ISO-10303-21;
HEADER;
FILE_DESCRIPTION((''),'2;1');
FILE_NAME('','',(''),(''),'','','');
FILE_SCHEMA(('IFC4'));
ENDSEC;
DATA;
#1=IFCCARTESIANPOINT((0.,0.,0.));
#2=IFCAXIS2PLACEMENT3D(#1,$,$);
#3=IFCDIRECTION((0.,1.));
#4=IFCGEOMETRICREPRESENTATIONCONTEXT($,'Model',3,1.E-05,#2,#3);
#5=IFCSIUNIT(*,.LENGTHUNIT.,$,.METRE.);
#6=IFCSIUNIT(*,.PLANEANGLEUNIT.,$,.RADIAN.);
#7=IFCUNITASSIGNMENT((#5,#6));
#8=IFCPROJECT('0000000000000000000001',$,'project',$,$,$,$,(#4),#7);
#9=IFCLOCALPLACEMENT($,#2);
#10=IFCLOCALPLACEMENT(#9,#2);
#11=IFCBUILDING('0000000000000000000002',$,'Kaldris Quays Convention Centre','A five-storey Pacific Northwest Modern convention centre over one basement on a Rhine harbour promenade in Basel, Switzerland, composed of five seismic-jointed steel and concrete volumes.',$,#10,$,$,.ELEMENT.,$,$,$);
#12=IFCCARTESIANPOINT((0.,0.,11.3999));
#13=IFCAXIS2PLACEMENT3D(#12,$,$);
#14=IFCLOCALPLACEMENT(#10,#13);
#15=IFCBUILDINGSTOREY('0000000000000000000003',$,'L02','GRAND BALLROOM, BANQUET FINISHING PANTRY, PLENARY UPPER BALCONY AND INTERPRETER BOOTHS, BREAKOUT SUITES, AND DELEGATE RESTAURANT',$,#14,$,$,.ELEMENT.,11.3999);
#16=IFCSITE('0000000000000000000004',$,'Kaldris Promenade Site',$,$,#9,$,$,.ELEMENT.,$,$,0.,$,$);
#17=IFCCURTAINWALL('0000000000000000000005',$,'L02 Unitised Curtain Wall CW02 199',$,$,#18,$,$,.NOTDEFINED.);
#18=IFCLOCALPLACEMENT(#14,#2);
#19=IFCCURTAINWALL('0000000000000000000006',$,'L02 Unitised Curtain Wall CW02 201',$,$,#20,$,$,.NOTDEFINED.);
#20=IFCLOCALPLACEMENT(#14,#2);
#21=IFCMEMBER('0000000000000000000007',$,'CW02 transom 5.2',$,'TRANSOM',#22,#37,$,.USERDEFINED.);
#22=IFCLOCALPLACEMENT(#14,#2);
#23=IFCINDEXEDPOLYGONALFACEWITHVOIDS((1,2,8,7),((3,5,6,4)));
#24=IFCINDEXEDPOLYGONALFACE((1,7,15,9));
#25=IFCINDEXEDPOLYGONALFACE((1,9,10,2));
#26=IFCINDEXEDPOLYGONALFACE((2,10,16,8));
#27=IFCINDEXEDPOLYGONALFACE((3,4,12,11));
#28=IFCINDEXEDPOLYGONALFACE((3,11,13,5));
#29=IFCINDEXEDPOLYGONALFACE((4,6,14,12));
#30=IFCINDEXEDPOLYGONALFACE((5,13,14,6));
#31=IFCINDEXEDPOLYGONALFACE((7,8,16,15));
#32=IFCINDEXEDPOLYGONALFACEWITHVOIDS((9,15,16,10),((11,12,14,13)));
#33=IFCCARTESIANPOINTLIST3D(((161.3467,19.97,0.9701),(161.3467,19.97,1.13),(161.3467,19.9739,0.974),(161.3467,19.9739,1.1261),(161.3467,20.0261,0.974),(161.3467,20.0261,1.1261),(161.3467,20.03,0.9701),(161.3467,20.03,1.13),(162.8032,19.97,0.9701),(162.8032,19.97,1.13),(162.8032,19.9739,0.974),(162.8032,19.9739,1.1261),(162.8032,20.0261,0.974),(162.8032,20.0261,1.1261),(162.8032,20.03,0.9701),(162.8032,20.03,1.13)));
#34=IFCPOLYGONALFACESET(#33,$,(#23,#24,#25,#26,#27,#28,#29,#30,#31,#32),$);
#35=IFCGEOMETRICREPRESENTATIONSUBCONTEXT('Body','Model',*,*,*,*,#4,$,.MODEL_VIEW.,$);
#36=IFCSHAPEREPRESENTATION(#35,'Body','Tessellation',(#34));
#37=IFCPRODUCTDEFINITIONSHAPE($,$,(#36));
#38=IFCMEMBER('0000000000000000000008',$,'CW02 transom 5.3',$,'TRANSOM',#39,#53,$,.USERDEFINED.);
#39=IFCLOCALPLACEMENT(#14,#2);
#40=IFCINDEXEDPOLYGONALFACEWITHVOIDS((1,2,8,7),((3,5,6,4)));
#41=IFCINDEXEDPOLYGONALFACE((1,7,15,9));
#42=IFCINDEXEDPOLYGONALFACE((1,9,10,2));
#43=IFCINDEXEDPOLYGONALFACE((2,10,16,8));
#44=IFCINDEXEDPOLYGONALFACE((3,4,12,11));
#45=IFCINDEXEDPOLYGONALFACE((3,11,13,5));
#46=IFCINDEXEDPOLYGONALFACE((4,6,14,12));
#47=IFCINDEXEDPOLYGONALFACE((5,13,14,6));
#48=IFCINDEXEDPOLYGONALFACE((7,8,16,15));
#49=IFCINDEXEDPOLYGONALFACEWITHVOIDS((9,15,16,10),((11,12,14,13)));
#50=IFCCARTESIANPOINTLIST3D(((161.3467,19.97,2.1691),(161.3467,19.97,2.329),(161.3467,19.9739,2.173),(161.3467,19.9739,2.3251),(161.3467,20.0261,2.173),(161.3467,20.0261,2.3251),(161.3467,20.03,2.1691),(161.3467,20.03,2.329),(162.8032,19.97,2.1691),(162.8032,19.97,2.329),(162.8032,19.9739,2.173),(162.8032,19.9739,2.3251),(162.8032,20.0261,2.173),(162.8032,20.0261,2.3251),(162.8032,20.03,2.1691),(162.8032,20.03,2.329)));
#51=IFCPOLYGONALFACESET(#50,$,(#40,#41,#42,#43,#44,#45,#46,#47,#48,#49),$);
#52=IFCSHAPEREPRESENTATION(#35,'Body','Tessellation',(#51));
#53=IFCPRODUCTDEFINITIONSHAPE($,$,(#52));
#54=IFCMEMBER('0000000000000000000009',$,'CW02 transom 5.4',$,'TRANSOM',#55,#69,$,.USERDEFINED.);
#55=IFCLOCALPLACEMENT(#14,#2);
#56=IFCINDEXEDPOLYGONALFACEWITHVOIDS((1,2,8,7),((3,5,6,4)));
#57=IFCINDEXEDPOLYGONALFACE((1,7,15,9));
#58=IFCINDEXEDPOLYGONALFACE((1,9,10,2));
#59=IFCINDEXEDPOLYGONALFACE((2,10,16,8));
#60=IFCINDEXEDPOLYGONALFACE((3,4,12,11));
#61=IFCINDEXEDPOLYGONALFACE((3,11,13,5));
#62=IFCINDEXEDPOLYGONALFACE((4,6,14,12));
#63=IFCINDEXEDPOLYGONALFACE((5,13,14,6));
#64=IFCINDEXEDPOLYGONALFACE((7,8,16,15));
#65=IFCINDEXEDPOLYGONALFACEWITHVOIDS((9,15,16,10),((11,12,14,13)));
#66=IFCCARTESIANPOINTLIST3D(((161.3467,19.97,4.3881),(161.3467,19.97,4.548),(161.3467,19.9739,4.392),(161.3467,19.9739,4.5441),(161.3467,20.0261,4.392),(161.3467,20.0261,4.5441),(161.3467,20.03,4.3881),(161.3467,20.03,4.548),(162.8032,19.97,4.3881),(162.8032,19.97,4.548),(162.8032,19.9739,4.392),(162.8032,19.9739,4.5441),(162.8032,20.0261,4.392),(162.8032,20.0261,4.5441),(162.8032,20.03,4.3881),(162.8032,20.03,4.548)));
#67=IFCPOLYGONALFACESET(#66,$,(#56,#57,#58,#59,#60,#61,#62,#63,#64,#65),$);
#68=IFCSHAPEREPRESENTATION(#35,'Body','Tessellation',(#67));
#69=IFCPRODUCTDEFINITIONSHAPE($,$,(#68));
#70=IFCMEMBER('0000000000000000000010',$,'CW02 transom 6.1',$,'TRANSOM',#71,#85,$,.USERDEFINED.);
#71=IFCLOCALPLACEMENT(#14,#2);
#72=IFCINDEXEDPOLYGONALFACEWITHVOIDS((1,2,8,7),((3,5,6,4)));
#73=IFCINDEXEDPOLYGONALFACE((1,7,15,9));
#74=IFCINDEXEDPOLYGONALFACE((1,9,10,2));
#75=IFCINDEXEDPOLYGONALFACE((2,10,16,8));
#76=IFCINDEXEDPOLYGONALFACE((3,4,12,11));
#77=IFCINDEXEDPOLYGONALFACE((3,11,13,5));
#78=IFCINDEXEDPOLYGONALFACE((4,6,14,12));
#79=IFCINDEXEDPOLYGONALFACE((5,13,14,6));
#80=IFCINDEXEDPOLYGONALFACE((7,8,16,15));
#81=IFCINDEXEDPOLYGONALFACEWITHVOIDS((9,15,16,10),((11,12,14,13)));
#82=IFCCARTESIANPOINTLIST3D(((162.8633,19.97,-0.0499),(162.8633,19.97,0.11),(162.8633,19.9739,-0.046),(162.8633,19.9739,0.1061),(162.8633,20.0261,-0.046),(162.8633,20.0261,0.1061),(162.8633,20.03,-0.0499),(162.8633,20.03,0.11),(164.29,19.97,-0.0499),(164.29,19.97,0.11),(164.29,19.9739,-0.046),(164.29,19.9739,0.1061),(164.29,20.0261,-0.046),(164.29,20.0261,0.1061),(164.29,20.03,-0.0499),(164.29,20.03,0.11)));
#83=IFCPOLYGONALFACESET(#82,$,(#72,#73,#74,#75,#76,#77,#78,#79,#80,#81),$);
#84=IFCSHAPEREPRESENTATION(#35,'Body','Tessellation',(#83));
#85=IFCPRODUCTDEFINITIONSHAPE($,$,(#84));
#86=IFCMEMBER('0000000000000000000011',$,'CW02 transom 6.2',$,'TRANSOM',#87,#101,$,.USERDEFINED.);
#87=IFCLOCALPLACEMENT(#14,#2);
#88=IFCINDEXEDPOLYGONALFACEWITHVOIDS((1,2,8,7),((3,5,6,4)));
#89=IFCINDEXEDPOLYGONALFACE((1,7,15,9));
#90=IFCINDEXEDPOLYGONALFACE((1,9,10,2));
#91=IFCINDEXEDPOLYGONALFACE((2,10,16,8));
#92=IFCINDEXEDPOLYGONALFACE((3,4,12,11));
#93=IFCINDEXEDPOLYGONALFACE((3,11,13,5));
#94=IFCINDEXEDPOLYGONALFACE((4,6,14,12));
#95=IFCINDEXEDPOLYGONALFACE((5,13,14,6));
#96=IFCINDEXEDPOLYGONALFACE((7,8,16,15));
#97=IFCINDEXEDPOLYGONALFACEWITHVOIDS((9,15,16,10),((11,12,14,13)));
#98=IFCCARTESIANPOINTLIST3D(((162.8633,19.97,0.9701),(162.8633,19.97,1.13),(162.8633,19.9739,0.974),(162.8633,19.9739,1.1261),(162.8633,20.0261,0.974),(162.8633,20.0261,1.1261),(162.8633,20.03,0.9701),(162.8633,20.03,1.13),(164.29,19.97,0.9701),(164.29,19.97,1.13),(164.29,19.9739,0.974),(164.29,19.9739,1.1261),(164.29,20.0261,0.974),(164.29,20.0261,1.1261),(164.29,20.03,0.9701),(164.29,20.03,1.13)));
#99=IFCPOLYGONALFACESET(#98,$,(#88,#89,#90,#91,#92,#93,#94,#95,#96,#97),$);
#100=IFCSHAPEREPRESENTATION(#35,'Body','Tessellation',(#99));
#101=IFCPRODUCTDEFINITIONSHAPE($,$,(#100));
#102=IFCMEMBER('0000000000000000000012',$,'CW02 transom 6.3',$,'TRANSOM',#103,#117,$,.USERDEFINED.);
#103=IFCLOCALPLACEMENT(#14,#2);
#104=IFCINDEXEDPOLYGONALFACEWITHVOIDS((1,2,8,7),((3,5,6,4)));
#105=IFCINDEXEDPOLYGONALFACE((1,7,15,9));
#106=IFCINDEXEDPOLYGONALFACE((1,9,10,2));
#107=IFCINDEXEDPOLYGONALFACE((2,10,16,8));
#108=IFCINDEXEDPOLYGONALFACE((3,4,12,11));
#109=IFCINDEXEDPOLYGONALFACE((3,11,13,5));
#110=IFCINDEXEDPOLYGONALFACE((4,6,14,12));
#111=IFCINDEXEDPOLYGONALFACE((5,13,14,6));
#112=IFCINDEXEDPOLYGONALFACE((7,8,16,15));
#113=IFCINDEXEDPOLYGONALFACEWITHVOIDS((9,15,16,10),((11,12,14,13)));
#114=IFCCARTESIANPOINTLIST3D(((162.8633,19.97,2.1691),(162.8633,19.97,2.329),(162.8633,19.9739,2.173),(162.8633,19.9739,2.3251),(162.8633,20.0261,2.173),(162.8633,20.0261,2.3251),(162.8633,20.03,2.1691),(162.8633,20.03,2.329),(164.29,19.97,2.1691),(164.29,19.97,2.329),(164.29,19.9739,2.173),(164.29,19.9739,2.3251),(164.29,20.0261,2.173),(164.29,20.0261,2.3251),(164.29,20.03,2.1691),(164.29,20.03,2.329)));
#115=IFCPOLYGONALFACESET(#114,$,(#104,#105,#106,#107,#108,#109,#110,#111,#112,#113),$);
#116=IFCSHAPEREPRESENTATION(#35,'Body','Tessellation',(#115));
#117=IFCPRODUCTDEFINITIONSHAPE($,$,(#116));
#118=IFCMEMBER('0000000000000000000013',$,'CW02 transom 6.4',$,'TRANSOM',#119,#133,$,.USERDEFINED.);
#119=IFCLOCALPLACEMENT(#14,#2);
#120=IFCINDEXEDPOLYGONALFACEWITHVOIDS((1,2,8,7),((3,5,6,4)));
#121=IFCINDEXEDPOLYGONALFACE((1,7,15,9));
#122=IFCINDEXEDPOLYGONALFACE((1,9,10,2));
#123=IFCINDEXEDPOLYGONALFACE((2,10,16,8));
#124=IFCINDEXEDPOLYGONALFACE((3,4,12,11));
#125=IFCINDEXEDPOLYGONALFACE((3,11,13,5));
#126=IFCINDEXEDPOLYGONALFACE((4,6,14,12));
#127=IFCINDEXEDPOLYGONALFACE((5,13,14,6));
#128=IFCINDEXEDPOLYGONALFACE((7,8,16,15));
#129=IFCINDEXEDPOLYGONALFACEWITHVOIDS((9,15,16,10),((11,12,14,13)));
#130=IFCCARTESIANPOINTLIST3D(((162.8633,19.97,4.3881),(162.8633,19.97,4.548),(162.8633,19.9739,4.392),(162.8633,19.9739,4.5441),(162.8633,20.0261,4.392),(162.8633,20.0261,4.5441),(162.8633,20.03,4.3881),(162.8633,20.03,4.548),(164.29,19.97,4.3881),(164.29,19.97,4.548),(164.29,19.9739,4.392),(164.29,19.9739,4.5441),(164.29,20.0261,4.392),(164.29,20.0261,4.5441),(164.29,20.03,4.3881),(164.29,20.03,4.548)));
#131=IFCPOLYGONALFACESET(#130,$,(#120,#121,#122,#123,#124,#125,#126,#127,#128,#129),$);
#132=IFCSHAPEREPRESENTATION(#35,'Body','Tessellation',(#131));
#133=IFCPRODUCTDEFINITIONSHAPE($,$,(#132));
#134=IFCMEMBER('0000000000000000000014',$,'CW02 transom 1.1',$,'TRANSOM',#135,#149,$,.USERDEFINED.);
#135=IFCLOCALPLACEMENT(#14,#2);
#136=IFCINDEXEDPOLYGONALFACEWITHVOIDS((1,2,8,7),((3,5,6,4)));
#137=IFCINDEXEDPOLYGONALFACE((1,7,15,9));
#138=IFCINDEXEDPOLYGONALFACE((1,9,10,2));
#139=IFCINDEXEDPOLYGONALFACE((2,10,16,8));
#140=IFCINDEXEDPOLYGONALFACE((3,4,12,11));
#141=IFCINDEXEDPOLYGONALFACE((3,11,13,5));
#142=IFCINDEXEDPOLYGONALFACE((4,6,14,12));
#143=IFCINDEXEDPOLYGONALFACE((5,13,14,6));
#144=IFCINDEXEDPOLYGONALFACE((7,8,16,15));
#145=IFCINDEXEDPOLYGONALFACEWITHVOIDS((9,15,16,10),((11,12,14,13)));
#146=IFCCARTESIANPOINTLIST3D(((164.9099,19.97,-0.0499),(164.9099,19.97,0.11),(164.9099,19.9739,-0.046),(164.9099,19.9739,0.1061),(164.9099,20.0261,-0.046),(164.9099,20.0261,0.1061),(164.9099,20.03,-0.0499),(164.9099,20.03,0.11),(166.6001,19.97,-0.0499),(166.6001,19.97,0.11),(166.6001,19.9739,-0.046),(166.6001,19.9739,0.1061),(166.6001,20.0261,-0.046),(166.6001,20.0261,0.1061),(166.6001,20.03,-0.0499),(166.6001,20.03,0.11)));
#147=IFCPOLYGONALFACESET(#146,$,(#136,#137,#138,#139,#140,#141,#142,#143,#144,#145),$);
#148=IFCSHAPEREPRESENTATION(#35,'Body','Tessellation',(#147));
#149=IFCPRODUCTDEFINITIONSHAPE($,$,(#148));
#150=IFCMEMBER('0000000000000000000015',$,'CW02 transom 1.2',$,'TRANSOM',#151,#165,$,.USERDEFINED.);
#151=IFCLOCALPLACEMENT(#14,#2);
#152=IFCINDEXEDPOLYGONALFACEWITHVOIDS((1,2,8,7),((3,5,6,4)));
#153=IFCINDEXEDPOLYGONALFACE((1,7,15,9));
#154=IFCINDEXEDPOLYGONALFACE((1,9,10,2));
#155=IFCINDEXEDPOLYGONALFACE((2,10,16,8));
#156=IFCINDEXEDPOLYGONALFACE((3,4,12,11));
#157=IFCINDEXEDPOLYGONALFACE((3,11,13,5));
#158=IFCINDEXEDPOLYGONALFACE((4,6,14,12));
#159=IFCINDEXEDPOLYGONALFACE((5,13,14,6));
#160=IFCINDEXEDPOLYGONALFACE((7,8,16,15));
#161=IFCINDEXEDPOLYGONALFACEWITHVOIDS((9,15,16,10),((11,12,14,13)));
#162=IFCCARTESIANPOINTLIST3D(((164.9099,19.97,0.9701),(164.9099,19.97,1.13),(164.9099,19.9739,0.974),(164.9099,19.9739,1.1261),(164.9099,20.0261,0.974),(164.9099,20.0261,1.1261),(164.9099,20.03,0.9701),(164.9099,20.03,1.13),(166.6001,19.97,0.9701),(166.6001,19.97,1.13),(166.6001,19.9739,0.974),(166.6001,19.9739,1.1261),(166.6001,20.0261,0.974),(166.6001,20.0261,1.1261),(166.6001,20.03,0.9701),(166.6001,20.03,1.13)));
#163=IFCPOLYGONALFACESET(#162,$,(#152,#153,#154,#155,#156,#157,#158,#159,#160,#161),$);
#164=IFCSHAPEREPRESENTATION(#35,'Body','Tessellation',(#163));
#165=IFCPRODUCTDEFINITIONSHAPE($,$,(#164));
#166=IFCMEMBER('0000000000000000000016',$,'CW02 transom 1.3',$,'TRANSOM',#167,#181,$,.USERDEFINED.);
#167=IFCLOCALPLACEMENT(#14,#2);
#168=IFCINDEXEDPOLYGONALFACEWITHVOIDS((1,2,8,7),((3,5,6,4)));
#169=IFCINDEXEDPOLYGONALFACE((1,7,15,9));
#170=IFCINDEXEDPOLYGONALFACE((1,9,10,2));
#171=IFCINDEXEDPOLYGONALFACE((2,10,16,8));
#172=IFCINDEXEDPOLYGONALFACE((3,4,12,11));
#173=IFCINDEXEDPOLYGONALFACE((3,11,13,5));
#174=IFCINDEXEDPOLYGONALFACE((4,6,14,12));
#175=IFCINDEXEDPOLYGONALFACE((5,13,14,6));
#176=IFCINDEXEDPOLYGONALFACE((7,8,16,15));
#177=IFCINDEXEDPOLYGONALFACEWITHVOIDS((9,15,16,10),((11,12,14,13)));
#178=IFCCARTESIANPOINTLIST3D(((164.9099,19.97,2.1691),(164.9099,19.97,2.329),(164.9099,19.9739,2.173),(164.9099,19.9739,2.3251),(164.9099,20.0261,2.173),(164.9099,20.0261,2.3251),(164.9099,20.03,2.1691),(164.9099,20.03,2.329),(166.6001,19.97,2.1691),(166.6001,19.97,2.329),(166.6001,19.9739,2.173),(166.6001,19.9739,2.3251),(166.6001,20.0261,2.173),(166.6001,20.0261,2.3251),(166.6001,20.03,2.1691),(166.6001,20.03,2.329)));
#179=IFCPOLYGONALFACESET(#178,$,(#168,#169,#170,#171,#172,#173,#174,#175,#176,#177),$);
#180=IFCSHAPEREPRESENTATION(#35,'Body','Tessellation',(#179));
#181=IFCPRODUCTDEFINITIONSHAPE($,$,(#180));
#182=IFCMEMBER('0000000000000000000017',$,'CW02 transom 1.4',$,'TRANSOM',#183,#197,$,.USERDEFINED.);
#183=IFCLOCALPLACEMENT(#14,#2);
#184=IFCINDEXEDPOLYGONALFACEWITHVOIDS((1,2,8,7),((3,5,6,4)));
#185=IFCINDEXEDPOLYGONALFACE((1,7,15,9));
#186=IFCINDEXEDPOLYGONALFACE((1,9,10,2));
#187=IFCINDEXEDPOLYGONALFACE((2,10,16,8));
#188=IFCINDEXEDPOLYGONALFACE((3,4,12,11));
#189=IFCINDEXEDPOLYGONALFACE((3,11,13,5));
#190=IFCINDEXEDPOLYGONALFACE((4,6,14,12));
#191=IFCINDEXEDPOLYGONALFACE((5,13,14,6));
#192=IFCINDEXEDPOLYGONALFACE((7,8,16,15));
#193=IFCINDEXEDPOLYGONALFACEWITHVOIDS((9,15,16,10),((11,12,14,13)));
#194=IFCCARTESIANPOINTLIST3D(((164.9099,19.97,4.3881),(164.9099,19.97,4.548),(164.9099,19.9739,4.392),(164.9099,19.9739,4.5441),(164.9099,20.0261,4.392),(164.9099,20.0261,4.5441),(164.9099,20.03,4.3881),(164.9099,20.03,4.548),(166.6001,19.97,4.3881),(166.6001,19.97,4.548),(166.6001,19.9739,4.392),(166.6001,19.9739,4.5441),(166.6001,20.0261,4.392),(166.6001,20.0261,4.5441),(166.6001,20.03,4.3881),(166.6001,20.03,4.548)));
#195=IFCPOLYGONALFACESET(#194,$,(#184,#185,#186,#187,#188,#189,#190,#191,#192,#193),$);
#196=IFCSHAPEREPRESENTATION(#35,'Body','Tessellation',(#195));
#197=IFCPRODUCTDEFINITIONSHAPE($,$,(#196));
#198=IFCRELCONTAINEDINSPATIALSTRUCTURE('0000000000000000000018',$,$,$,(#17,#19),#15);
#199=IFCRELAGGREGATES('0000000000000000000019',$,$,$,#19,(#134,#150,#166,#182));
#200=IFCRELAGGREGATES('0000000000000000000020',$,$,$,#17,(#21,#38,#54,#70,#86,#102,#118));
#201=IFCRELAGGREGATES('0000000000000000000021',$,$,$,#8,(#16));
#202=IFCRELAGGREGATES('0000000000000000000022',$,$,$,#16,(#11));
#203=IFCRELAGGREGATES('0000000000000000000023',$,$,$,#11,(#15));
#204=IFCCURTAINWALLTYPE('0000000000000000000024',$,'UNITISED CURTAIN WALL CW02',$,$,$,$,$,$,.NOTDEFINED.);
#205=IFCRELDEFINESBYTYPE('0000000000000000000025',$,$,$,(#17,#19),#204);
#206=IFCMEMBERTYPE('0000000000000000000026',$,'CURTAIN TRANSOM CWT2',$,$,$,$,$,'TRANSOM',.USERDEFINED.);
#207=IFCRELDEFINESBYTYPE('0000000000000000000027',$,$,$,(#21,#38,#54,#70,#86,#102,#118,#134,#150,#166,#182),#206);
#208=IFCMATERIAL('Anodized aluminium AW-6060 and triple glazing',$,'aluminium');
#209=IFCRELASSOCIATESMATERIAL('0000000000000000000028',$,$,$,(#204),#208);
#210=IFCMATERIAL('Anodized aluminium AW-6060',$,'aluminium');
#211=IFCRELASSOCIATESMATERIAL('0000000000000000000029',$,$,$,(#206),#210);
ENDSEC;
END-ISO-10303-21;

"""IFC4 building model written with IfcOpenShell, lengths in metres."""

from ifc_helpers import new_model, si_unit, direction, frame, origin, origin_2d, place, context, subcontext, project, spatial, hollow_rectangle, extrude, material, material_profile, profile_set, type_object, element, aggregate, save


model = new_model("IFC4")

# Units and contexts
model_context = context("Model", 3, precision=1e-05, world=origin(), true_north=direction((0.0, 1.0)))
body_context = subcontext(model_context, "Body", "Model", "MODEL_VIEW")
ifc_project = project(units=[si_unit("LENGTHUNIT", "METRE"), si_unit("PLANEANGLEUNIT", "RADIAN")], contexts=[model_context])

# Site, building, storey
site_placement = place(None, origin())
site = spatial("IfcSite", under=ifc_project, at=site_placement, Name="Kaldris Promenade Site", CompositionType="ELEMENT", RefElevation=0.0)
building_placement = place(site_placement, origin())
building = spatial("IfcBuilding", under=site, at=building_placement, Name="Kaldris Quays Convention Centre", Description="A five-storey Pacific Northwest Modern convention centre over one basement on a Rhine harbour promenade in Basel, Switzerland, composed of five seismic-jointed steel and concrete volumes.", CompositionType="ELEMENT")
storey_placement = place(building_placement, frame((0.0, 0.0, 11.3999)))
storey = spatial("IfcBuildingStorey", under=building, at=storey_placement, Name="L02", Description="GRAND BALLROOM, BANQUET FINISHING PANTRY, PLENARY UPPER BALCONY AND INTERPRETER BOOTHS, BREAKOUT SUITES, AND DELEGATE RESTAURANT", CompositionType="ELEMENT", Elevation=11.3999)

# Curtain wall
ifc_material_1 = material(Name="Anodized aluminium AW-6060 and triple glazing", Category="aluminium")
curtain_wall_type = type_object("IfcCurtainWallType", Name="UNITISED CURTAIN WALL CW02", PredefinedType="NOTDEFINED", material=ifc_material_1)
curtain_wall_1_placement = place(storey_placement, origin())
curtain_wall_1 = element("IfcCurtainWall", 1, at=curtain_wall_1_placement, inside=storey, type_object=curtain_wall_type, Name="L02 Unitised Curtain Wall CW02 199", PredefinedType="NOTDEFINED")
ifc_material_2 = material(Name="Anodized aluminium AW-6060", Category="aluminium")

# Curtain wall
curtain_wall_2_placement = place(storey_placement, origin())
curtain_wall_2 = element("IfcCurtainWall", 2, at=curtain_wall_2_placement, inside=storey, type_object=curtain_wall_type, Name="L02 Unitised Curtain Wall CW02 201", PredefinedType="NOTDEFINED")

# Members
ifc_material_profile_1 = material_profile(ifc_material_2, hollow_rectangle(XDim=0.0601, YDim=0.1599, WallThickness=0.0039, at=origin_2d()), Name="RHS 160x60x4")
ifc_profile_set_1 = profile_set([ifc_material_profile_1], Name="Anodized aluminium AW-6060")
member_type_1 = type_object("IfcMemberType", Name="CURTAIN TRANSOM CWT2", ElementType="TRANSOM", PredefinedType="USERDEFINED", material=ifc_profile_set_1)
member_1_placement = place(storey_placement, frame((161.3467, 20.0, 1.05), z_axis=(1.0, 0.0, 0.0), x_axis=(0.0, 1.0, 0.0)))
member_1 = element("IfcMember", 3, at=member_1_placement, type_object=member_type_1, Name="CW02 transom 5.2", ObjectType="TRANSOM", PredefinedType="USERDEFINED", context=body_context, shape_type="SweptSolid", body=[
    extrude(hollow_rectangle(XDim=0.0601, YDim=0.1599, WallThickness=0.0039, at=origin_2d()), origin(), (0.0, 0.0, 1.0), 1.4565),
])
member_2_placement = place(storey_placement, frame((161.3467, 20.0, 2.249), z_axis=(1.0, 0.0, 0.0), x_axis=(0.0, 1.0, 0.0)))
member_2 = element("IfcMember", 4, at=member_2_placement, type_object=member_type_1, Name="CW02 transom 5.3", ObjectType="TRANSOM", PredefinedType="USERDEFINED", context=body_context, shape_type="SweptSolid", body=[
    extrude(hollow_rectangle(XDim=0.0601, YDim=0.1599, WallThickness=0.0039, at=origin_2d()), origin(), (0.0, 0.0, 1.0), 1.4565),
])
member_3_placement = place(storey_placement, frame((161.3467, 20.0, 4.468), z_axis=(1.0, 0.0, 0.0), x_axis=(0.0, 1.0, 0.0)))
member_3 = element("IfcMember", 5, at=member_3_placement, type_object=member_type_1, Name="CW02 transom 5.4", ObjectType="TRANSOM", PredefinedType="USERDEFINED", context=body_context, shape_type="SweptSolid", body=[
    extrude(hollow_rectangle(XDim=0.0601, YDim=0.1599, WallThickness=0.0039, at=origin_2d()), origin(), (0.0, 0.0, 1.0), 1.4565),
])
member_4_placement = place(storey_placement, frame((162.8633, 20.0, 0.03), z_axis=(1.0, 0.0, 0.0), x_axis=(0.0, 1.0, 0.0)))
member_4 = element("IfcMember", 6, at=member_4_placement, type_object=member_type_1, Name="CW02 transom 6.1", ObjectType="TRANSOM", PredefinedType="USERDEFINED", context=body_context, shape_type="SweptSolid", body=[
    extrude(hollow_rectangle(XDim=0.0601, YDim=0.1599, WallThickness=0.0039, at=origin_2d()), origin(), (0.0, 0.0, 1.0), 1.4268),
])
member_5_placement = place(storey_placement, frame((162.8633, 20.0, 1.05), z_axis=(1.0, 0.0, 0.0), x_axis=(0.0, 1.0, 0.0)))
member_5 = element("IfcMember", 7, at=member_5_placement, type_object=member_type_1, Name="CW02 transom 6.2", ObjectType="TRANSOM", PredefinedType="USERDEFINED", context=body_context, shape_type="SweptSolid", body=[
    extrude(hollow_rectangle(XDim=0.0601, YDim=0.1599, WallThickness=0.0039, at=origin_2d()), origin(), (0.0, 0.0, 1.0), 1.4268),
])
member_6_placement = place(storey_placement, frame((162.8633, 20.0, 2.249), z_axis=(1.0, 0.0, 0.0), x_axis=(0.0, 1.0, 0.0)))
member_6 = element("IfcMember", 8, at=member_6_placement, type_object=member_type_1, Name="CW02 transom 6.3", ObjectType="TRANSOM", PredefinedType="USERDEFINED", context=body_context, shape_type="SweptSolid", body=[
    extrude(hollow_rectangle(XDim=0.0601, YDim=0.1599, WallThickness=0.0039, at=origin_2d()), origin(), (0.0, 0.0, 1.0), 1.4268),
])
member_7_placement = place(storey_placement, frame((162.8633, 20.0, 4.468), z_axis=(1.0, 0.0, 0.0), x_axis=(0.0, 1.0, 0.0)))
member_7 = element("IfcMember", 9, at=member_7_placement, type_object=member_type_1, Name="CW02 transom 6.4", ObjectType="TRANSOM", PredefinedType="USERDEFINED", context=body_context, shape_type="SweptSolid", body=[
    extrude(hollow_rectangle(XDim=0.0601, YDim=0.1599, WallThickness=0.0039, at=origin_2d()), origin(), (0.0, 0.0, 1.0), 1.4268),
])
member_8_placement = place(storey_placement, frame((164.9099, 20.0, 0.03), z_axis=(1.0, 0.0, 0.0), x_axis=(0.0, 1.0, 0.0)))
member_8 = element("IfcMember", 10, at=member_8_placement, type_object=member_type_1, Name="CW02 transom 1.1", ObjectType="TRANSOM", PredefinedType="USERDEFINED", context=body_context, shape_type="SweptSolid", body=[
    extrude(hollow_rectangle(XDim=0.0601, YDim=0.1599, WallThickness=0.0039, at=origin_2d()), origin(), (0.0, 0.0, 1.0), 1.6902),
])
member_9_placement = place(storey_placement, frame((164.9099, 20.0, 1.05), z_axis=(1.0, 0.0, 0.0), x_axis=(0.0, 1.0, 0.0)))
member_9 = element("IfcMember", 11, at=member_9_placement, type_object=member_type_1, Name="CW02 transom 1.2", ObjectType="TRANSOM", PredefinedType="USERDEFINED", context=body_context, shape_type="SweptSolid", body=[
    extrude(hollow_rectangle(XDim=0.0601, YDim=0.1599, WallThickness=0.0039, at=origin_2d()), origin(), (0.0, 0.0, 1.0), 1.6902),
])
member_10_placement = place(storey_placement, frame((164.9099, 20.0, 2.249), z_axis=(1.0, 0.0, 0.0), x_axis=(0.0, 1.0, 0.0)))
member_10 = element("IfcMember", 12, at=member_10_placement, type_object=member_type_1, Name="CW02 transom 1.3", ObjectType="TRANSOM", PredefinedType="USERDEFINED", context=body_context, shape_type="SweptSolid", body=[
    extrude(hollow_rectangle(XDim=0.0601, YDim=0.1599, WallThickness=0.0039, at=origin_2d()), origin(), (0.0, 0.0, 1.0), 1.6902),
])
member_11_placement = place(storey_placement, frame((164.9099, 20.0, 4.468), z_axis=(1.0, 0.0, 0.0), x_axis=(0.0, 1.0, 0.0)))
member_11 = element("IfcMember", 13, at=member_11_placement, type_object=member_type_1, Name="CW02 transom 1.4", ObjectType="TRANSOM", PredefinedType="USERDEFINED", context=body_context, shape_type="SweptSolid", body=[
    extrude(hollow_rectangle(XDim=0.0601, YDim=0.1599, WallThickness=0.0039, at=origin_2d()), origin(), (0.0, 0.0, 1.0), 1.6902),
])
aggregate(curtain_wall_2, [member_8, member_9, member_10, member_11])

aggregate(curtain_wall_1, [member_1, member_2, member_3, member_4, member_5, member_6, member_7])

save(model, "model.ifc")
